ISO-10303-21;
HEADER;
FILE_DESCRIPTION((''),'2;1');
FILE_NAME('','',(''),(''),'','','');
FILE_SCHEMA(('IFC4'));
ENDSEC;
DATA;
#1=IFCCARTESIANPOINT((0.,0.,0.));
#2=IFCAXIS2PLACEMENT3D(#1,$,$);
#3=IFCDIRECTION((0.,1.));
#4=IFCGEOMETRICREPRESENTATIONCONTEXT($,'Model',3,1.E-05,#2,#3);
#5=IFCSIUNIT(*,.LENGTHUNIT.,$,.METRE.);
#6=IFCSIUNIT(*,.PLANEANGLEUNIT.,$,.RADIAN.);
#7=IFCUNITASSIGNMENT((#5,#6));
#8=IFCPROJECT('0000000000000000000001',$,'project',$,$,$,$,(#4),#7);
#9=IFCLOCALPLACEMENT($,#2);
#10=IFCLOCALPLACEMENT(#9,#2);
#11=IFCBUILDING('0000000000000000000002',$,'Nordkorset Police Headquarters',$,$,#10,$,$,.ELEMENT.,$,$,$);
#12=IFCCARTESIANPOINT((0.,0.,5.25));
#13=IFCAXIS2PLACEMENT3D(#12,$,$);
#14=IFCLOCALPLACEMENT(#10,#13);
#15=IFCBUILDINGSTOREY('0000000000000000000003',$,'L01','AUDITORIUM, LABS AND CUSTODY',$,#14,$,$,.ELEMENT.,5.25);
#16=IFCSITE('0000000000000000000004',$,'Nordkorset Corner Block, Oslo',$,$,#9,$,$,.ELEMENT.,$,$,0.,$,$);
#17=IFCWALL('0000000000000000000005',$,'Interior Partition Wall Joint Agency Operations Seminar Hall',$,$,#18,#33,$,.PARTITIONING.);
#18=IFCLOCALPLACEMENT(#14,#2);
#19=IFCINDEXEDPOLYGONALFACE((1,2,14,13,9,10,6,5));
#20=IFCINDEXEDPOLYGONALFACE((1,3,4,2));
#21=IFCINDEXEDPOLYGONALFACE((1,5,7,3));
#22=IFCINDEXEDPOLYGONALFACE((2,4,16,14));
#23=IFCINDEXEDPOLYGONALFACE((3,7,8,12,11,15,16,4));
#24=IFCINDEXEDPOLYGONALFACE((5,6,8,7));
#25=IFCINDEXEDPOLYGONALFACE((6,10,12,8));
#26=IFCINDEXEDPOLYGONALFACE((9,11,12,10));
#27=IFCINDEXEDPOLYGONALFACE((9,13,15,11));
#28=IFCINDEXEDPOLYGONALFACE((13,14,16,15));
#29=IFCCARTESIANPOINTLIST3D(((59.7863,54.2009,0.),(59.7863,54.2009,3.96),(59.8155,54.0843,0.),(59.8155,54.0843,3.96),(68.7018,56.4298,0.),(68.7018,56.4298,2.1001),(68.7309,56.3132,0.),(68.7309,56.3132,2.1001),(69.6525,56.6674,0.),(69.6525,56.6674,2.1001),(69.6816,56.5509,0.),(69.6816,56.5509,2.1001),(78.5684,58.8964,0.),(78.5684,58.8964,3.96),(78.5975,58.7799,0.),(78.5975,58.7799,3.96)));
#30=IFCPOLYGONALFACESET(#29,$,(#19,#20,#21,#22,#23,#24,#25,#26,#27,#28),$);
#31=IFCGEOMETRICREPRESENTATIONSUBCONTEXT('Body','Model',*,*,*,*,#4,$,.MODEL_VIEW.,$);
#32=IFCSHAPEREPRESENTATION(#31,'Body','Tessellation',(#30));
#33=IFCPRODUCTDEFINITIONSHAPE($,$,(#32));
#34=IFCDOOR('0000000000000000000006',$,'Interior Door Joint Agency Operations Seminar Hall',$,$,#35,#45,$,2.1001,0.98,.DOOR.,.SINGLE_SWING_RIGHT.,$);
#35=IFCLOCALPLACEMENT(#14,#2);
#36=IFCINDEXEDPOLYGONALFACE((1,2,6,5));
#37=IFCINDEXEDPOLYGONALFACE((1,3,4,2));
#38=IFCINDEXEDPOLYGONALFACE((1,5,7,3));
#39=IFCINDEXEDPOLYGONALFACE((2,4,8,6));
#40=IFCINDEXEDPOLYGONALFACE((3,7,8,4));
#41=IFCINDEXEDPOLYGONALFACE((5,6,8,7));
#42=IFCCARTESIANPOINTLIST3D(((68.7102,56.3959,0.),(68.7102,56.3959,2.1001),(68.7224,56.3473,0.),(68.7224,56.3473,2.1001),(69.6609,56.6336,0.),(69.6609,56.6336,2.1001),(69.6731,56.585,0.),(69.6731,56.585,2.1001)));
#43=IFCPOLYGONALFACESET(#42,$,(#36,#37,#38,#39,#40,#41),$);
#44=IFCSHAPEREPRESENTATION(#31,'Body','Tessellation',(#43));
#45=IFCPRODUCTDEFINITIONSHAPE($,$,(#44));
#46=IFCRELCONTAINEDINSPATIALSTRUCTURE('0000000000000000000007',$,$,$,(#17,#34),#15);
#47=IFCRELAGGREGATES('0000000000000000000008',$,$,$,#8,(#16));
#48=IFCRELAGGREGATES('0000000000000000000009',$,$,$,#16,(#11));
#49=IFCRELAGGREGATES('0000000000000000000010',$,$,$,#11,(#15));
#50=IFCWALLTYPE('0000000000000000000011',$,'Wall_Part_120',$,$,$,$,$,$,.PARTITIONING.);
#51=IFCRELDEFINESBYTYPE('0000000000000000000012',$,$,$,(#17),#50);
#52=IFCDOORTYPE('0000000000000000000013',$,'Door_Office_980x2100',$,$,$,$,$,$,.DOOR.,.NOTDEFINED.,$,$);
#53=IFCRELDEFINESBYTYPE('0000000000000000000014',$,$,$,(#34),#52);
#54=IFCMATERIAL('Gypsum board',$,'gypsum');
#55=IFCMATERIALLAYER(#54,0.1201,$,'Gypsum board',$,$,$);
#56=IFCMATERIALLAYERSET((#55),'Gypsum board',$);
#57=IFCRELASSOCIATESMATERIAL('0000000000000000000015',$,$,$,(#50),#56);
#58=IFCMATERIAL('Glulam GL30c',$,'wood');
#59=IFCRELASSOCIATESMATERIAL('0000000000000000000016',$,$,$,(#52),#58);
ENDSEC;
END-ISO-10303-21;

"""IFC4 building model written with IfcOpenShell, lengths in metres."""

from ifc_helpers import new_model, si_unit, direction, frame, frame_2d, origin, place, context, subcontext, project, spatial, rectangle, extrude, material, layer, layer_set, type_object, element, fill, save


model = new_model("IFC4")

# Units and contexts
model_context = context("Model", 3, precision=1e-05, world=origin(), true_north=direction((0.0, 1.0)))
body_context = subcontext(model_context, "Body", "Model", "MODEL_VIEW")
ifc_project = project(units=[si_unit("LENGTHUNIT", "METRE"), si_unit("PLANEANGLEUNIT", "RADIAN")], contexts=[model_context])

# Site, building, storey
site_placement = place(None, origin())
site = spatial("IfcSite", under=ifc_project, at=site_placement, Name="Nordkorset Corner Block, Oslo", CompositionType="ELEMENT", RefElevation=0.0)
building_placement = place(site_placement, origin())
building = spatial("IfcBuilding", under=site, at=building_placement, Name="Nordkorset Police Headquarters", CompositionType="ELEMENT")
storey_placement = place(building_placement, frame((0.0, 0.0, 5.25)))
storey = spatial("IfcBuildingStorey", under=building, at=storey_placement, Name="L01", Description="AUDITORIUM, LABS AND CUSTODY", CompositionType="ELEMENT", Elevation=5.25)

# Wall, opening, door
ifc_material_1 = material(Name="Gypsum board", Category="gypsum")
ifc_layer_1 = layer(ifc_material_1, 0.1201, Name="Gypsum board")
ifc_layer_set_1 = layer_set([ifc_layer_1], Name="Gypsum board")
wall_type_1 = type_object("IfcWallType", Name="Wall_Part_120", PredefinedType="PARTITIONING", material=ifc_layer_set_1)
wall_1_placement = place(storey_placement, frame((59.8008, 54.1426, 0.0), z_axis=(0.0, 0.0, 1.0), x_axis=(0.970142, 0.242539, 0.0)))
wall_1 = element("IfcWall", 1, at=wall_1_placement, inside=storey, type_object=wall_type_1, Name="Interior Partition Wall Joint Agency Operations Seminar Hall", PredefinedType="PARTITIONING", context=body_context, shape_type="SweptSolid", body=[
    extrude(rectangle(XDim=19.3601, YDim=0.1201, at=frame_2d((9.6802, 0.0))), origin(), (0.0, 0.0, 1.0), 3.96),
])
opening_placement = place(wall_1_placement, frame((9.1899, 0.0, 0.0)))
opening = element("IfcOpeningElement", 2, at=opening_placement, cuts=wall_1, PredefinedType="OPENING", context=body_context, shape_type="SweptSolid", body=[
    extrude(rectangle(XDim=0.98, YDim=2.1001, at=frame_2d((0.49, 1.05))), frame((0.0, 0.0701, 0.0), z_axis=(0.0, -1.0, 0.0), x_axis=(1.0, 0.0, 0.0)), (0.0, 0.0, 1.0), 0.1401),
])
ifc_material_2 = material(Name="Glulam GL30c", Category="wood")
door_type = type_object("IfcDoorType", Name="Door_Office_980x2100", OperationType="NOTDEFINED", PredefinedType="DOOR", material=ifc_material_2)
door_placement = place(opening_placement, frame((0.98, 0.0, 0.0), z_axis=(0.0, 0.0, 1.0), x_axis=(-1.0, 0.0, 0.0)))
door = element("IfcDoor", 3, at=door_placement, inside=storey, type_object=door_type, Name="Interior Door Joint Agency Operations Seminar Hall", OperationType="SINGLE_SWING_RIGHT", OverallHeight=2.1001, OverallWidth=0.98, PredefinedType="DOOR", context=body_context, shape_type="SweptSolid", body=[
    extrude(rectangle(XDim=0.98, YDim=2.1001, at=frame_2d((0.49, 1.05))), frame((0.0, 0.0249, 0.0), z_axis=(0.0, -1.0, 0.0), x_axis=(1.0, 0.0, 0.0)), (0.0, 0.0, 1.0), 0.05),
])
fill(opening, door)

save(model, "model.ifc")
